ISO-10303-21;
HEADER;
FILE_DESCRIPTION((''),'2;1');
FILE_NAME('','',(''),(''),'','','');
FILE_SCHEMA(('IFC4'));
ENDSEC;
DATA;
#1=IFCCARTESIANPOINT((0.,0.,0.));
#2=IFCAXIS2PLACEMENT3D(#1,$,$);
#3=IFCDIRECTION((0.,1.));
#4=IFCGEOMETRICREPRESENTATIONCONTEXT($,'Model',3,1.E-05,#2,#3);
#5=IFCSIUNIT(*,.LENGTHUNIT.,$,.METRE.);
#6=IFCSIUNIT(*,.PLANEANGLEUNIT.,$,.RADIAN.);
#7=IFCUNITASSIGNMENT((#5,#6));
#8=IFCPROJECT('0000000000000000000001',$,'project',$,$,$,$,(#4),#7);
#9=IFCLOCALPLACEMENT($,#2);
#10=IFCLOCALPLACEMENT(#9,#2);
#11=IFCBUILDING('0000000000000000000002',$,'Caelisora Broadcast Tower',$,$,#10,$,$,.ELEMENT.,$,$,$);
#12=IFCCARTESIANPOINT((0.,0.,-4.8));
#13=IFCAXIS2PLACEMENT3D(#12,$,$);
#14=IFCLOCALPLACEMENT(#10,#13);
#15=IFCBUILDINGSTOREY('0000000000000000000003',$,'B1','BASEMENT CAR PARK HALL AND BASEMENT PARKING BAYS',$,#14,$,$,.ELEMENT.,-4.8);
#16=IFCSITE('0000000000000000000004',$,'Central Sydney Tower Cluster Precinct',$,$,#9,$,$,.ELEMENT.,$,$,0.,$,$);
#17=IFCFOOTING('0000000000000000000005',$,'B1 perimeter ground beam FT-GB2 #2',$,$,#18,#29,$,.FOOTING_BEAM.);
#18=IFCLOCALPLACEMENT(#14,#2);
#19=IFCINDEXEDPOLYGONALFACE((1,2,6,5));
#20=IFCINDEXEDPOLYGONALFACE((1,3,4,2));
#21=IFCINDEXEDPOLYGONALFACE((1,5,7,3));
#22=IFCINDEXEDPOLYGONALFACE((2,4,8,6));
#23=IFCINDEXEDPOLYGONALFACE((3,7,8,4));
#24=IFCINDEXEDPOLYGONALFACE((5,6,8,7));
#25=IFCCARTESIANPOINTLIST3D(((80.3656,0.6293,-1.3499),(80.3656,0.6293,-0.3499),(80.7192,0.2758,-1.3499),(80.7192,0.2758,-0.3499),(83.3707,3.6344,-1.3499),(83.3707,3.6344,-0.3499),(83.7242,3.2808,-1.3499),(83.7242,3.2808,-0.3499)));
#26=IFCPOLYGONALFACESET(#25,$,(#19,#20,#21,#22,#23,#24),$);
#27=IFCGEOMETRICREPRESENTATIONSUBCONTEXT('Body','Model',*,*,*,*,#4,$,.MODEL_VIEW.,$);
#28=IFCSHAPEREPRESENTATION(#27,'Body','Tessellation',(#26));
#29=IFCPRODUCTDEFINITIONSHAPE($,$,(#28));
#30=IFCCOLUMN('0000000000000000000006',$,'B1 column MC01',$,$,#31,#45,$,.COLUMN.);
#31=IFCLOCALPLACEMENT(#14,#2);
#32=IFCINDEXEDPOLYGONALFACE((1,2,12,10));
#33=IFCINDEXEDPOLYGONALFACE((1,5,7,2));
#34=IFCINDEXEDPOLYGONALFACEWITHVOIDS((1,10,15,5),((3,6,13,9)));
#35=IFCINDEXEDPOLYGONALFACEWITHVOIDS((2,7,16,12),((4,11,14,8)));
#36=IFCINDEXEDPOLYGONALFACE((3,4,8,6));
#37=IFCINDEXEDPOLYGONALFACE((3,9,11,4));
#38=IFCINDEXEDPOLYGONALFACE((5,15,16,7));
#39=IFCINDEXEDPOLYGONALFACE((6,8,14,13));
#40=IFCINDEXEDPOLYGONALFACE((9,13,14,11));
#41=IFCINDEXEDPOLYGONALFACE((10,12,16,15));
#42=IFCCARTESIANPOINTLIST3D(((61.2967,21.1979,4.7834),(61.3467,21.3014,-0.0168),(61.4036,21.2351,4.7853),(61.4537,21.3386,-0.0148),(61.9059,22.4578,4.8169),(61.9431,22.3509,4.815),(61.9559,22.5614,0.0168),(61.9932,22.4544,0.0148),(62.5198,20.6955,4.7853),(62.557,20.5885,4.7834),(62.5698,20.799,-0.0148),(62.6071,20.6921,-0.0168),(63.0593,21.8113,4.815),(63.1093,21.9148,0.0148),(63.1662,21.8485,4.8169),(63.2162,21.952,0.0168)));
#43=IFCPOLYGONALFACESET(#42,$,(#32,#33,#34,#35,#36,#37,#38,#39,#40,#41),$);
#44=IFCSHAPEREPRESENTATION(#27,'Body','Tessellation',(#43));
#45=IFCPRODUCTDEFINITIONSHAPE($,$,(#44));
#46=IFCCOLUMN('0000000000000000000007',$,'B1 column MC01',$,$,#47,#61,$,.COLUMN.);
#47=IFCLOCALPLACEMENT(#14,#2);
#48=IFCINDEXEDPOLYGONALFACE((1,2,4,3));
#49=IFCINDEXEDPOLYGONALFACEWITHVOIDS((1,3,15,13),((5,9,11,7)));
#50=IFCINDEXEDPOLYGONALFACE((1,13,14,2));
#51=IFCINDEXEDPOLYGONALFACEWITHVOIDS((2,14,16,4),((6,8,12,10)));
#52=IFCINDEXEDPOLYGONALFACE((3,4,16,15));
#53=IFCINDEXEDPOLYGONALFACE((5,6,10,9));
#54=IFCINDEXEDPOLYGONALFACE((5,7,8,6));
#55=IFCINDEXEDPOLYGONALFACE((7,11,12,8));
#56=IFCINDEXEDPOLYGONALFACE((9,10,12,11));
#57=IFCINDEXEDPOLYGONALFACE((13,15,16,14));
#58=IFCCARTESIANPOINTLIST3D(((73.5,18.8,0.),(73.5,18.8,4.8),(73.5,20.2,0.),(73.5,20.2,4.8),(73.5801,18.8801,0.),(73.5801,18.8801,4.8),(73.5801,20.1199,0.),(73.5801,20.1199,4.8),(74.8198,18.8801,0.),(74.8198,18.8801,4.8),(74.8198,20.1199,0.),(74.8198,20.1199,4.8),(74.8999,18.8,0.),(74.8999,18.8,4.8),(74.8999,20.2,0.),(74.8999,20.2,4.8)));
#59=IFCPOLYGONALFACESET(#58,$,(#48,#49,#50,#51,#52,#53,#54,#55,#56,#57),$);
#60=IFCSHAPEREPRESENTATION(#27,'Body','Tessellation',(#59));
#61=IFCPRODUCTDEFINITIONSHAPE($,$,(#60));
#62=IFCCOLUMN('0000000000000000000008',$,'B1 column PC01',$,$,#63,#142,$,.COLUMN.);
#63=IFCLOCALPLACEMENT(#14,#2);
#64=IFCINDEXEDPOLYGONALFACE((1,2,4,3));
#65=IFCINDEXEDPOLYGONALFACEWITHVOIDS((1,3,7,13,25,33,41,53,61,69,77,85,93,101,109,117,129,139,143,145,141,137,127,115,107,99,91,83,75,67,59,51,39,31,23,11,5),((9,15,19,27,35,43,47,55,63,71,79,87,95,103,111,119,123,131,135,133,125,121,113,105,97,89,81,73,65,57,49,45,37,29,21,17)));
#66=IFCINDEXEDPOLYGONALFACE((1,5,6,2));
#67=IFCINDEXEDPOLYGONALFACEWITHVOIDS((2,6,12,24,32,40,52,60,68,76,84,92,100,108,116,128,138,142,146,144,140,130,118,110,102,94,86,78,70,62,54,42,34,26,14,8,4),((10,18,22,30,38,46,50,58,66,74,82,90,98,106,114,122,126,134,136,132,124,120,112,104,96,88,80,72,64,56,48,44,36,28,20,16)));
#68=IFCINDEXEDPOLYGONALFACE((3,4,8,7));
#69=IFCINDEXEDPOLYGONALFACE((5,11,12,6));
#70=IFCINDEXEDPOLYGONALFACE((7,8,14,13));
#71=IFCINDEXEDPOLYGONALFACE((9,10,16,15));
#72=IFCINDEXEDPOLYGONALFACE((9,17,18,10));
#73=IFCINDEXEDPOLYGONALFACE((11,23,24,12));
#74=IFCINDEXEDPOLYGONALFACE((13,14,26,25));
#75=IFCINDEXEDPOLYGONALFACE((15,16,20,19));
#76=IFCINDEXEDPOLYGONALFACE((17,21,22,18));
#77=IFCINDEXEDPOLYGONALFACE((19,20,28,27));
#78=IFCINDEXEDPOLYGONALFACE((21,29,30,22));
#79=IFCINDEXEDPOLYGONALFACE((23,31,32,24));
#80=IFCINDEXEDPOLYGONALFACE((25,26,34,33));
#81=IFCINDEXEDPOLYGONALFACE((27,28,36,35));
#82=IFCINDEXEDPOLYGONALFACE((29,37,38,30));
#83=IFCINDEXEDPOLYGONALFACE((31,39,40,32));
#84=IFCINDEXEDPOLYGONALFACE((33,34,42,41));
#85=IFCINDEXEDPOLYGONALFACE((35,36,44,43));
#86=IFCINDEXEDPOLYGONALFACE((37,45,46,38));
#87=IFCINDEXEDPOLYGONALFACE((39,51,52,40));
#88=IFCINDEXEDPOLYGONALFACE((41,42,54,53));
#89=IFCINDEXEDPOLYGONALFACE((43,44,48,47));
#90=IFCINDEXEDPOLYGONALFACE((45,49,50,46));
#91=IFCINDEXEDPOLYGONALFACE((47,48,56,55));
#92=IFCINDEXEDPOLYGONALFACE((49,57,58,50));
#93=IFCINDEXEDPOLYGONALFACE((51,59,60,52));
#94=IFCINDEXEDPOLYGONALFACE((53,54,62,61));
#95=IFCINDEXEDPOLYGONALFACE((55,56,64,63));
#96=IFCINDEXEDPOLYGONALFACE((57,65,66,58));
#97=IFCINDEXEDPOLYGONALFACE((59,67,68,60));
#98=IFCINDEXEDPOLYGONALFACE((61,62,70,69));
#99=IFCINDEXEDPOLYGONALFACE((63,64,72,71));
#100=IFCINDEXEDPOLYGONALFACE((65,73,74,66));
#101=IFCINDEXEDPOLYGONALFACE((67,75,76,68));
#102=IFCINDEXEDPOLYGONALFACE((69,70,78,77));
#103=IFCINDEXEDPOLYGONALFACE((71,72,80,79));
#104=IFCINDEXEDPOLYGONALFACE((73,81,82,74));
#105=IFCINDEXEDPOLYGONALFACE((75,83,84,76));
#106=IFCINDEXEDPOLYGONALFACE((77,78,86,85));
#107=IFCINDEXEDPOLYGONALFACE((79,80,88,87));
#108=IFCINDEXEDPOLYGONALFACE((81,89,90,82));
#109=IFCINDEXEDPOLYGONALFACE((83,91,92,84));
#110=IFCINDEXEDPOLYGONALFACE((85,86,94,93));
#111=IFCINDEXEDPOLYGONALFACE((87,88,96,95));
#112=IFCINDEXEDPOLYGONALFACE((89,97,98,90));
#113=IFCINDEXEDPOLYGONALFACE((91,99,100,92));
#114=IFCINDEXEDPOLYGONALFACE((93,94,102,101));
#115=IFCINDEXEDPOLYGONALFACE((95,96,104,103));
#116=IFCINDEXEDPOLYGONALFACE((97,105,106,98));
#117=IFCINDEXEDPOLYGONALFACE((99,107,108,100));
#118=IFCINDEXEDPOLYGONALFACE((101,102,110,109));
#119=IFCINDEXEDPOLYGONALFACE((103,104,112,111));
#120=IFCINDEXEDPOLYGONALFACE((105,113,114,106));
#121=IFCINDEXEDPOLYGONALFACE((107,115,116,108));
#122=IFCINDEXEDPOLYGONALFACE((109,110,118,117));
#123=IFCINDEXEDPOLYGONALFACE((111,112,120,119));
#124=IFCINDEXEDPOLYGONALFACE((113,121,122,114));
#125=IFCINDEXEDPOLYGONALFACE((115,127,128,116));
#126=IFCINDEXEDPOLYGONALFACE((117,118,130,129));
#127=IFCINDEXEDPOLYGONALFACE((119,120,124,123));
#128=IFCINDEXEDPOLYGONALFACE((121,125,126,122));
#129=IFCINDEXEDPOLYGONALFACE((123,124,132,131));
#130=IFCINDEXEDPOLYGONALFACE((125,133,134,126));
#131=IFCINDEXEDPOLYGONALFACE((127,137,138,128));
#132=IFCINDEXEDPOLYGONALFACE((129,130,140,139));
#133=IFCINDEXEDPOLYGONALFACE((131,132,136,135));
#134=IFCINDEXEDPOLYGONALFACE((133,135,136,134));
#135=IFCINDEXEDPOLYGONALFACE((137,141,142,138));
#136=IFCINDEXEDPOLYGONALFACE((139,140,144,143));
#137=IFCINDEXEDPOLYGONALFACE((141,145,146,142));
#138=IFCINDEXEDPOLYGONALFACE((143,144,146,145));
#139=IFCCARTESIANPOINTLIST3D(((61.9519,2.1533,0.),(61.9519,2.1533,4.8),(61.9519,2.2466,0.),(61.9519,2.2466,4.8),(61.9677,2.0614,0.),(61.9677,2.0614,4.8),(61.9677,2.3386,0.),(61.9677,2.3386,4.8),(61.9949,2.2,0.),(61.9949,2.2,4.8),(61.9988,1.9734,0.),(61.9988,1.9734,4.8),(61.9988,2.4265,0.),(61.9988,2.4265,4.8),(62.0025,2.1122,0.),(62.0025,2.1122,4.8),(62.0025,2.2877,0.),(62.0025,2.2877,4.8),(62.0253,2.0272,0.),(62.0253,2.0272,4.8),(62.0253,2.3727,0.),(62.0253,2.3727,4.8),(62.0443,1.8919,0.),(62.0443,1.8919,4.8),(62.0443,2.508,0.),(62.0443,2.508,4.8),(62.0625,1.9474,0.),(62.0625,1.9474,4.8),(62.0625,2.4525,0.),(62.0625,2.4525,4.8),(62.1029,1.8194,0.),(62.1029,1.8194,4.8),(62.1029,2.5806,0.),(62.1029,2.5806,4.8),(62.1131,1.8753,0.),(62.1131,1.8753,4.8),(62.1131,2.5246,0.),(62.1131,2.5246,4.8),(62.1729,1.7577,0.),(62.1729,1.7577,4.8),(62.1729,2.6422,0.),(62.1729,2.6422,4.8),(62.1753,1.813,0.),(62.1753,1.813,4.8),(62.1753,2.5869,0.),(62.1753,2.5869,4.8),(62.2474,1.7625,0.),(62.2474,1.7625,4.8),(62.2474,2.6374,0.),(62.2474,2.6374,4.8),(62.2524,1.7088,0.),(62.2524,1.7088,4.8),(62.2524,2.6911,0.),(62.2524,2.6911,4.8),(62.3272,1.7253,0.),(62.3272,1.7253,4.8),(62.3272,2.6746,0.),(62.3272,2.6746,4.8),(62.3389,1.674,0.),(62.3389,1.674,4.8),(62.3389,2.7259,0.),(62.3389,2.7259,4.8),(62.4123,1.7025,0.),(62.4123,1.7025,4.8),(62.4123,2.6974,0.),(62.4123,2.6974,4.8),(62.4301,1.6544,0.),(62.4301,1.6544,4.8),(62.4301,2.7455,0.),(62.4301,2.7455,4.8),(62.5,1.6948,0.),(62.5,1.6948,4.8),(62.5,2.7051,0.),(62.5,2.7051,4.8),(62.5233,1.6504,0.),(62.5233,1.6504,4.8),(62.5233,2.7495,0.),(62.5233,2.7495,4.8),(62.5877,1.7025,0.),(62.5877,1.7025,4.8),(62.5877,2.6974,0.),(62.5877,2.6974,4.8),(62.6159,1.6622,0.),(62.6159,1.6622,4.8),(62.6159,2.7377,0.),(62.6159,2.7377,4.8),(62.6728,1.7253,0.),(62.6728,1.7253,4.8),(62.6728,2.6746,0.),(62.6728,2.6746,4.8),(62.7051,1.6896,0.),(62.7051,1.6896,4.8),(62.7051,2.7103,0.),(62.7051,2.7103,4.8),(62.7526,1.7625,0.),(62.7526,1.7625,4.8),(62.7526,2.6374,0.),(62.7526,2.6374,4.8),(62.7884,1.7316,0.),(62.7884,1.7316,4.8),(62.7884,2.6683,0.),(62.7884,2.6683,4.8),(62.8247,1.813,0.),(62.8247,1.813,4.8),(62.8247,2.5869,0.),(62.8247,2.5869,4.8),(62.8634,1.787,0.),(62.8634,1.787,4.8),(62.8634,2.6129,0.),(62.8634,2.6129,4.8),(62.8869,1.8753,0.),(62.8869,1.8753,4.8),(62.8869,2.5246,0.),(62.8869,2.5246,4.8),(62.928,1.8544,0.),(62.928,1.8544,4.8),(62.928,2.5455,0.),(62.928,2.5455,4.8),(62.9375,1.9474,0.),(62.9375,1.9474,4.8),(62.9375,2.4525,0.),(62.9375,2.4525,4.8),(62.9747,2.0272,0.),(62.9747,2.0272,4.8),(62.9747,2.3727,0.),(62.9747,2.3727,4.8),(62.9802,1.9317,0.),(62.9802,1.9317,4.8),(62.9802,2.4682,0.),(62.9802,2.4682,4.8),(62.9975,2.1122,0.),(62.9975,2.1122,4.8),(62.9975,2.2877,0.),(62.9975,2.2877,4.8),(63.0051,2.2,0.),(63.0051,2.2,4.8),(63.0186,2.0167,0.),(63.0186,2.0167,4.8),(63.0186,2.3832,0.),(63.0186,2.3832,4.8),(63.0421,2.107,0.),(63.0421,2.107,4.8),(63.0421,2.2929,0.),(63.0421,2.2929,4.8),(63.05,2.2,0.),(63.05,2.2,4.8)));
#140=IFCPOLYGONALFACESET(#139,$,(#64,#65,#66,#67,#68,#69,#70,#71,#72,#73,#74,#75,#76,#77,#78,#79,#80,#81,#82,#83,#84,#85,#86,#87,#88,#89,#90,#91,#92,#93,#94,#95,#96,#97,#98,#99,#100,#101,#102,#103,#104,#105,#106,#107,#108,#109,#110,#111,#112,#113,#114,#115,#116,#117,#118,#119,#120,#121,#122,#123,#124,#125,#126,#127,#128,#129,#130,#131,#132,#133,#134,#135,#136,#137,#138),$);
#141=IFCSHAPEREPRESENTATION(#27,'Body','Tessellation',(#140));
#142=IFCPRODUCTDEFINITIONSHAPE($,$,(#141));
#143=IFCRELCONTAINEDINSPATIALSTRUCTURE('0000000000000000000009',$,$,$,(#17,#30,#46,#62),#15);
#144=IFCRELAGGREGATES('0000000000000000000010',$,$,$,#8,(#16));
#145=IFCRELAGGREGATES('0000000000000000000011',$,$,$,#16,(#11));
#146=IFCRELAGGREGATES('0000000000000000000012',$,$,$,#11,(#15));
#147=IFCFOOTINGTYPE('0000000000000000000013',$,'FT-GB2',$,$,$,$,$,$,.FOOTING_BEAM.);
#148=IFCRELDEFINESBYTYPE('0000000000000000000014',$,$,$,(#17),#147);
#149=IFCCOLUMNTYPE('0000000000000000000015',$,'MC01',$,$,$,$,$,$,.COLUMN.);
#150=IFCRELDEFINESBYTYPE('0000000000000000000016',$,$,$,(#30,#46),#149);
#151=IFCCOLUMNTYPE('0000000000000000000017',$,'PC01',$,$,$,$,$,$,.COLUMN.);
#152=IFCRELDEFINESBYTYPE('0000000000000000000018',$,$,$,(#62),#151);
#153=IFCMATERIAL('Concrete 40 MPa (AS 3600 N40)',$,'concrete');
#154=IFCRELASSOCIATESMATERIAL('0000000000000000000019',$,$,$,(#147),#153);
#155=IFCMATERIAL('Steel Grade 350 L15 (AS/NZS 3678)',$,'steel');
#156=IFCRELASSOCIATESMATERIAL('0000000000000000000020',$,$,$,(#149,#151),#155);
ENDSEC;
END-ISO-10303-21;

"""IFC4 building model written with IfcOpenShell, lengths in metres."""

from ifc_helpers import new_model, si_unit, direction, frame, origin, origin_2d, place, context, subcontext, project, spatial, rectangle, hollow_rectangle, hollow_circle, extrude, source, transform, mapped, material, material_profile, profile_set, type_object, type_shapes, element, save


model = new_model("IFC4")

# Units and contexts
model_context = context("Model", 3, precision=1e-05, world=origin(), true_north=direction((0.0, 1.0)))
body_context = subcontext(model_context, "Body", "Model", "MODEL_VIEW")
ifc_project = project(units=[si_unit("LENGTHUNIT", "METRE"), si_unit("PLANEANGLEUNIT", "RADIAN")], contexts=[model_context])

# Site, building, storey
site_placement = place(None, origin())
site = spatial("IfcSite", under=ifc_project, at=site_placement, Name="Central Sydney Tower Cluster Precinct", CompositionType="ELEMENT", RefElevation=0.0)
building_placement = place(site_placement, origin())
building = spatial("IfcBuilding", under=site, at=building_placement, Name="Caelisora Broadcast Tower", CompositionType="ELEMENT")
storey_placement = place(building_placement, frame((0.0, 0.0, -4.8)))
storey = spatial("IfcBuildingStorey", under=building, at=storey_placement, Name="B1", Description="BASEMENT CAR PARK HALL AND BASEMENT PARKING BAYS", CompositionType="ELEMENT", Elevation=-4.8)

# Footing
ifc_material_1 = material(Name="Concrete 40 MPa (AS 3600 N40)", Category="concrete")
footing_type = type_object("IfcFootingType", Name="FT-GB2", PredefinedType="FOOTING_BEAM", material=ifc_material_1)
shared_shape_1 = source(origin(), body_context, "Body", "SweptSolid", [
    extrude(rectangle(XDim=4.2498, YDim=0.5, at=origin_2d()), origin(), (0.0, 0.0, 1.0), 1.0),
])
type_shapes(footing_type, [shared_shape_1])
footing_placement = place(storey_placement, frame((82.0449, 1.9551, -1.3499), z_axis=(0.0, 0.0, 1.0), x_axis=(0.707107, 0.707107, 0.0)))
element("IfcFooting", 1, at=footing_placement, inside=storey, type_object=footing_type, Name="B1 perimeter ground beam FT-GB2 #2", PredefinedType="FOOTING_BEAM", context=body_context, shape_type="MappedRepresentation", body=[
    mapped(shared_shape_1, transform((0.0, 0.0, 0.0), scale=1.0)),
])

# Columns
ifc_material_2 = material(Name="Steel Grade 350 L15 (AS/NZS 3678)", Category="steel")
ifc_material_profile_1 = material_profile(ifc_material_2, hollow_rectangle(XDim=1.3999, YDim=1.3999, WallThickness=0.0801, at=origin_2d()), Name="Steel Grade 350 L15 (AS/NZS 3678)")
ifc_profile_set_1 = profile_set([ifc_material_profile_1], Name="Steel Grade 350 L15 (AS/NZS 3678)")
column_type_1 = type_object("IfcColumnType", Name="MC01", PredefinedType="COLUMN", material=ifc_profile_set_1)
shared_shape_2 = source(origin(), body_context, "Body", "SweptSolid", [
    extrude(hollow_rectangle(XDim=1.3999, YDim=1.3999, WallThickness=0.0801, at=origin_2d()), origin(), (0.0, 0.0, 1.0), 4.8015),
])
column_1_placement = place(storey_placement, frame((62.2815, 21.6267, 0.0), z_axis=(-0.010424, -0.021559, 0.999713), x_axis=(0.900293, -0.435283, 0.0)))
element("IfcColumn", 2, at=column_1_placement, inside=storey, type_object=column_type_1, Name="B1 column MC01", PredefinedType="COLUMN", context=body_context, shape_type="MappedRepresentation", body=[
    mapped(shared_shape_2, transform((0.0, 0.0, 0.0), scale=1.0)),
])
shared_shape_3 = source(origin(), body_context, "Body", "SweptSolid", [
    extrude(hollow_rectangle(XDim=1.3999, YDim=1.3999, WallThickness=0.0801, at=origin_2d()), origin(), (0.0, 0.0, 1.0), 4.8),
])
type_shapes(column_type_1, [shared_shape_2, shared_shape_3])
column_2_placement = place(storey_placement, frame((74.2, 19.5, 0.0), z_axis=(0.0, 0.0, 1.0), x_axis=(1.0, 0.0, 0.0)))
element("IfcColumn", 3, at=column_2_placement, inside=storey, type_object=column_type_1, Name="B1 column MC01", PredefinedType="COLUMN", context=body_context, shape_type="MappedRepresentation", body=[
    mapped(shared_shape_3, transform((0.0, 0.0, 0.0), scale=1.0)),
])
ifc_material_profile_2 = material_profile(ifc_material_2, hollow_circle(Radius=0.55, WallThickness=0.0449, at=origin_2d()), Name="Steel Grade 350 L15 (AS/NZS 3678)")
ifc_profile_set_2 = profile_set([ifc_material_profile_2], Name="Steel Grade 350 L15 (AS/NZS 3678)")
column_type_2 = type_object("IfcColumnType", Name="PC01", PredefinedType="COLUMN", material=ifc_profile_set_2)
shared_shape_4 = source(origin(), body_context, "Body", "SweptSolid", [
    extrude(hollow_circle(Radius=0.55, WallThickness=0.0449, at=origin_2d()), origin(), (0.0, 0.0, 1.0), 4.8),
])
type_shapes(column_type_2, [shared_shape_4])
for number, where, z_axis, x_axis, name in (
    (4, (62.5, 2.2, 0.0), (0.0, 0.0, 1.0), (1.0, 0.0, 0.0), "B1 column PC01"),
):
    element("IfcColumn", number, at=place(storey_placement, frame(where, z_axis=z_axis, x_axis=x_axis)), inside=storey, type_object=column_type_2, Name=name, PredefinedType="COLUMN", context=body_context, shape_type="MappedRepresentation", body=[
        mapped(shared_shape_4, transform((0.0, 0.0, 0.0), scale=1.0)),
    ])

save(model, "model.ifc")
